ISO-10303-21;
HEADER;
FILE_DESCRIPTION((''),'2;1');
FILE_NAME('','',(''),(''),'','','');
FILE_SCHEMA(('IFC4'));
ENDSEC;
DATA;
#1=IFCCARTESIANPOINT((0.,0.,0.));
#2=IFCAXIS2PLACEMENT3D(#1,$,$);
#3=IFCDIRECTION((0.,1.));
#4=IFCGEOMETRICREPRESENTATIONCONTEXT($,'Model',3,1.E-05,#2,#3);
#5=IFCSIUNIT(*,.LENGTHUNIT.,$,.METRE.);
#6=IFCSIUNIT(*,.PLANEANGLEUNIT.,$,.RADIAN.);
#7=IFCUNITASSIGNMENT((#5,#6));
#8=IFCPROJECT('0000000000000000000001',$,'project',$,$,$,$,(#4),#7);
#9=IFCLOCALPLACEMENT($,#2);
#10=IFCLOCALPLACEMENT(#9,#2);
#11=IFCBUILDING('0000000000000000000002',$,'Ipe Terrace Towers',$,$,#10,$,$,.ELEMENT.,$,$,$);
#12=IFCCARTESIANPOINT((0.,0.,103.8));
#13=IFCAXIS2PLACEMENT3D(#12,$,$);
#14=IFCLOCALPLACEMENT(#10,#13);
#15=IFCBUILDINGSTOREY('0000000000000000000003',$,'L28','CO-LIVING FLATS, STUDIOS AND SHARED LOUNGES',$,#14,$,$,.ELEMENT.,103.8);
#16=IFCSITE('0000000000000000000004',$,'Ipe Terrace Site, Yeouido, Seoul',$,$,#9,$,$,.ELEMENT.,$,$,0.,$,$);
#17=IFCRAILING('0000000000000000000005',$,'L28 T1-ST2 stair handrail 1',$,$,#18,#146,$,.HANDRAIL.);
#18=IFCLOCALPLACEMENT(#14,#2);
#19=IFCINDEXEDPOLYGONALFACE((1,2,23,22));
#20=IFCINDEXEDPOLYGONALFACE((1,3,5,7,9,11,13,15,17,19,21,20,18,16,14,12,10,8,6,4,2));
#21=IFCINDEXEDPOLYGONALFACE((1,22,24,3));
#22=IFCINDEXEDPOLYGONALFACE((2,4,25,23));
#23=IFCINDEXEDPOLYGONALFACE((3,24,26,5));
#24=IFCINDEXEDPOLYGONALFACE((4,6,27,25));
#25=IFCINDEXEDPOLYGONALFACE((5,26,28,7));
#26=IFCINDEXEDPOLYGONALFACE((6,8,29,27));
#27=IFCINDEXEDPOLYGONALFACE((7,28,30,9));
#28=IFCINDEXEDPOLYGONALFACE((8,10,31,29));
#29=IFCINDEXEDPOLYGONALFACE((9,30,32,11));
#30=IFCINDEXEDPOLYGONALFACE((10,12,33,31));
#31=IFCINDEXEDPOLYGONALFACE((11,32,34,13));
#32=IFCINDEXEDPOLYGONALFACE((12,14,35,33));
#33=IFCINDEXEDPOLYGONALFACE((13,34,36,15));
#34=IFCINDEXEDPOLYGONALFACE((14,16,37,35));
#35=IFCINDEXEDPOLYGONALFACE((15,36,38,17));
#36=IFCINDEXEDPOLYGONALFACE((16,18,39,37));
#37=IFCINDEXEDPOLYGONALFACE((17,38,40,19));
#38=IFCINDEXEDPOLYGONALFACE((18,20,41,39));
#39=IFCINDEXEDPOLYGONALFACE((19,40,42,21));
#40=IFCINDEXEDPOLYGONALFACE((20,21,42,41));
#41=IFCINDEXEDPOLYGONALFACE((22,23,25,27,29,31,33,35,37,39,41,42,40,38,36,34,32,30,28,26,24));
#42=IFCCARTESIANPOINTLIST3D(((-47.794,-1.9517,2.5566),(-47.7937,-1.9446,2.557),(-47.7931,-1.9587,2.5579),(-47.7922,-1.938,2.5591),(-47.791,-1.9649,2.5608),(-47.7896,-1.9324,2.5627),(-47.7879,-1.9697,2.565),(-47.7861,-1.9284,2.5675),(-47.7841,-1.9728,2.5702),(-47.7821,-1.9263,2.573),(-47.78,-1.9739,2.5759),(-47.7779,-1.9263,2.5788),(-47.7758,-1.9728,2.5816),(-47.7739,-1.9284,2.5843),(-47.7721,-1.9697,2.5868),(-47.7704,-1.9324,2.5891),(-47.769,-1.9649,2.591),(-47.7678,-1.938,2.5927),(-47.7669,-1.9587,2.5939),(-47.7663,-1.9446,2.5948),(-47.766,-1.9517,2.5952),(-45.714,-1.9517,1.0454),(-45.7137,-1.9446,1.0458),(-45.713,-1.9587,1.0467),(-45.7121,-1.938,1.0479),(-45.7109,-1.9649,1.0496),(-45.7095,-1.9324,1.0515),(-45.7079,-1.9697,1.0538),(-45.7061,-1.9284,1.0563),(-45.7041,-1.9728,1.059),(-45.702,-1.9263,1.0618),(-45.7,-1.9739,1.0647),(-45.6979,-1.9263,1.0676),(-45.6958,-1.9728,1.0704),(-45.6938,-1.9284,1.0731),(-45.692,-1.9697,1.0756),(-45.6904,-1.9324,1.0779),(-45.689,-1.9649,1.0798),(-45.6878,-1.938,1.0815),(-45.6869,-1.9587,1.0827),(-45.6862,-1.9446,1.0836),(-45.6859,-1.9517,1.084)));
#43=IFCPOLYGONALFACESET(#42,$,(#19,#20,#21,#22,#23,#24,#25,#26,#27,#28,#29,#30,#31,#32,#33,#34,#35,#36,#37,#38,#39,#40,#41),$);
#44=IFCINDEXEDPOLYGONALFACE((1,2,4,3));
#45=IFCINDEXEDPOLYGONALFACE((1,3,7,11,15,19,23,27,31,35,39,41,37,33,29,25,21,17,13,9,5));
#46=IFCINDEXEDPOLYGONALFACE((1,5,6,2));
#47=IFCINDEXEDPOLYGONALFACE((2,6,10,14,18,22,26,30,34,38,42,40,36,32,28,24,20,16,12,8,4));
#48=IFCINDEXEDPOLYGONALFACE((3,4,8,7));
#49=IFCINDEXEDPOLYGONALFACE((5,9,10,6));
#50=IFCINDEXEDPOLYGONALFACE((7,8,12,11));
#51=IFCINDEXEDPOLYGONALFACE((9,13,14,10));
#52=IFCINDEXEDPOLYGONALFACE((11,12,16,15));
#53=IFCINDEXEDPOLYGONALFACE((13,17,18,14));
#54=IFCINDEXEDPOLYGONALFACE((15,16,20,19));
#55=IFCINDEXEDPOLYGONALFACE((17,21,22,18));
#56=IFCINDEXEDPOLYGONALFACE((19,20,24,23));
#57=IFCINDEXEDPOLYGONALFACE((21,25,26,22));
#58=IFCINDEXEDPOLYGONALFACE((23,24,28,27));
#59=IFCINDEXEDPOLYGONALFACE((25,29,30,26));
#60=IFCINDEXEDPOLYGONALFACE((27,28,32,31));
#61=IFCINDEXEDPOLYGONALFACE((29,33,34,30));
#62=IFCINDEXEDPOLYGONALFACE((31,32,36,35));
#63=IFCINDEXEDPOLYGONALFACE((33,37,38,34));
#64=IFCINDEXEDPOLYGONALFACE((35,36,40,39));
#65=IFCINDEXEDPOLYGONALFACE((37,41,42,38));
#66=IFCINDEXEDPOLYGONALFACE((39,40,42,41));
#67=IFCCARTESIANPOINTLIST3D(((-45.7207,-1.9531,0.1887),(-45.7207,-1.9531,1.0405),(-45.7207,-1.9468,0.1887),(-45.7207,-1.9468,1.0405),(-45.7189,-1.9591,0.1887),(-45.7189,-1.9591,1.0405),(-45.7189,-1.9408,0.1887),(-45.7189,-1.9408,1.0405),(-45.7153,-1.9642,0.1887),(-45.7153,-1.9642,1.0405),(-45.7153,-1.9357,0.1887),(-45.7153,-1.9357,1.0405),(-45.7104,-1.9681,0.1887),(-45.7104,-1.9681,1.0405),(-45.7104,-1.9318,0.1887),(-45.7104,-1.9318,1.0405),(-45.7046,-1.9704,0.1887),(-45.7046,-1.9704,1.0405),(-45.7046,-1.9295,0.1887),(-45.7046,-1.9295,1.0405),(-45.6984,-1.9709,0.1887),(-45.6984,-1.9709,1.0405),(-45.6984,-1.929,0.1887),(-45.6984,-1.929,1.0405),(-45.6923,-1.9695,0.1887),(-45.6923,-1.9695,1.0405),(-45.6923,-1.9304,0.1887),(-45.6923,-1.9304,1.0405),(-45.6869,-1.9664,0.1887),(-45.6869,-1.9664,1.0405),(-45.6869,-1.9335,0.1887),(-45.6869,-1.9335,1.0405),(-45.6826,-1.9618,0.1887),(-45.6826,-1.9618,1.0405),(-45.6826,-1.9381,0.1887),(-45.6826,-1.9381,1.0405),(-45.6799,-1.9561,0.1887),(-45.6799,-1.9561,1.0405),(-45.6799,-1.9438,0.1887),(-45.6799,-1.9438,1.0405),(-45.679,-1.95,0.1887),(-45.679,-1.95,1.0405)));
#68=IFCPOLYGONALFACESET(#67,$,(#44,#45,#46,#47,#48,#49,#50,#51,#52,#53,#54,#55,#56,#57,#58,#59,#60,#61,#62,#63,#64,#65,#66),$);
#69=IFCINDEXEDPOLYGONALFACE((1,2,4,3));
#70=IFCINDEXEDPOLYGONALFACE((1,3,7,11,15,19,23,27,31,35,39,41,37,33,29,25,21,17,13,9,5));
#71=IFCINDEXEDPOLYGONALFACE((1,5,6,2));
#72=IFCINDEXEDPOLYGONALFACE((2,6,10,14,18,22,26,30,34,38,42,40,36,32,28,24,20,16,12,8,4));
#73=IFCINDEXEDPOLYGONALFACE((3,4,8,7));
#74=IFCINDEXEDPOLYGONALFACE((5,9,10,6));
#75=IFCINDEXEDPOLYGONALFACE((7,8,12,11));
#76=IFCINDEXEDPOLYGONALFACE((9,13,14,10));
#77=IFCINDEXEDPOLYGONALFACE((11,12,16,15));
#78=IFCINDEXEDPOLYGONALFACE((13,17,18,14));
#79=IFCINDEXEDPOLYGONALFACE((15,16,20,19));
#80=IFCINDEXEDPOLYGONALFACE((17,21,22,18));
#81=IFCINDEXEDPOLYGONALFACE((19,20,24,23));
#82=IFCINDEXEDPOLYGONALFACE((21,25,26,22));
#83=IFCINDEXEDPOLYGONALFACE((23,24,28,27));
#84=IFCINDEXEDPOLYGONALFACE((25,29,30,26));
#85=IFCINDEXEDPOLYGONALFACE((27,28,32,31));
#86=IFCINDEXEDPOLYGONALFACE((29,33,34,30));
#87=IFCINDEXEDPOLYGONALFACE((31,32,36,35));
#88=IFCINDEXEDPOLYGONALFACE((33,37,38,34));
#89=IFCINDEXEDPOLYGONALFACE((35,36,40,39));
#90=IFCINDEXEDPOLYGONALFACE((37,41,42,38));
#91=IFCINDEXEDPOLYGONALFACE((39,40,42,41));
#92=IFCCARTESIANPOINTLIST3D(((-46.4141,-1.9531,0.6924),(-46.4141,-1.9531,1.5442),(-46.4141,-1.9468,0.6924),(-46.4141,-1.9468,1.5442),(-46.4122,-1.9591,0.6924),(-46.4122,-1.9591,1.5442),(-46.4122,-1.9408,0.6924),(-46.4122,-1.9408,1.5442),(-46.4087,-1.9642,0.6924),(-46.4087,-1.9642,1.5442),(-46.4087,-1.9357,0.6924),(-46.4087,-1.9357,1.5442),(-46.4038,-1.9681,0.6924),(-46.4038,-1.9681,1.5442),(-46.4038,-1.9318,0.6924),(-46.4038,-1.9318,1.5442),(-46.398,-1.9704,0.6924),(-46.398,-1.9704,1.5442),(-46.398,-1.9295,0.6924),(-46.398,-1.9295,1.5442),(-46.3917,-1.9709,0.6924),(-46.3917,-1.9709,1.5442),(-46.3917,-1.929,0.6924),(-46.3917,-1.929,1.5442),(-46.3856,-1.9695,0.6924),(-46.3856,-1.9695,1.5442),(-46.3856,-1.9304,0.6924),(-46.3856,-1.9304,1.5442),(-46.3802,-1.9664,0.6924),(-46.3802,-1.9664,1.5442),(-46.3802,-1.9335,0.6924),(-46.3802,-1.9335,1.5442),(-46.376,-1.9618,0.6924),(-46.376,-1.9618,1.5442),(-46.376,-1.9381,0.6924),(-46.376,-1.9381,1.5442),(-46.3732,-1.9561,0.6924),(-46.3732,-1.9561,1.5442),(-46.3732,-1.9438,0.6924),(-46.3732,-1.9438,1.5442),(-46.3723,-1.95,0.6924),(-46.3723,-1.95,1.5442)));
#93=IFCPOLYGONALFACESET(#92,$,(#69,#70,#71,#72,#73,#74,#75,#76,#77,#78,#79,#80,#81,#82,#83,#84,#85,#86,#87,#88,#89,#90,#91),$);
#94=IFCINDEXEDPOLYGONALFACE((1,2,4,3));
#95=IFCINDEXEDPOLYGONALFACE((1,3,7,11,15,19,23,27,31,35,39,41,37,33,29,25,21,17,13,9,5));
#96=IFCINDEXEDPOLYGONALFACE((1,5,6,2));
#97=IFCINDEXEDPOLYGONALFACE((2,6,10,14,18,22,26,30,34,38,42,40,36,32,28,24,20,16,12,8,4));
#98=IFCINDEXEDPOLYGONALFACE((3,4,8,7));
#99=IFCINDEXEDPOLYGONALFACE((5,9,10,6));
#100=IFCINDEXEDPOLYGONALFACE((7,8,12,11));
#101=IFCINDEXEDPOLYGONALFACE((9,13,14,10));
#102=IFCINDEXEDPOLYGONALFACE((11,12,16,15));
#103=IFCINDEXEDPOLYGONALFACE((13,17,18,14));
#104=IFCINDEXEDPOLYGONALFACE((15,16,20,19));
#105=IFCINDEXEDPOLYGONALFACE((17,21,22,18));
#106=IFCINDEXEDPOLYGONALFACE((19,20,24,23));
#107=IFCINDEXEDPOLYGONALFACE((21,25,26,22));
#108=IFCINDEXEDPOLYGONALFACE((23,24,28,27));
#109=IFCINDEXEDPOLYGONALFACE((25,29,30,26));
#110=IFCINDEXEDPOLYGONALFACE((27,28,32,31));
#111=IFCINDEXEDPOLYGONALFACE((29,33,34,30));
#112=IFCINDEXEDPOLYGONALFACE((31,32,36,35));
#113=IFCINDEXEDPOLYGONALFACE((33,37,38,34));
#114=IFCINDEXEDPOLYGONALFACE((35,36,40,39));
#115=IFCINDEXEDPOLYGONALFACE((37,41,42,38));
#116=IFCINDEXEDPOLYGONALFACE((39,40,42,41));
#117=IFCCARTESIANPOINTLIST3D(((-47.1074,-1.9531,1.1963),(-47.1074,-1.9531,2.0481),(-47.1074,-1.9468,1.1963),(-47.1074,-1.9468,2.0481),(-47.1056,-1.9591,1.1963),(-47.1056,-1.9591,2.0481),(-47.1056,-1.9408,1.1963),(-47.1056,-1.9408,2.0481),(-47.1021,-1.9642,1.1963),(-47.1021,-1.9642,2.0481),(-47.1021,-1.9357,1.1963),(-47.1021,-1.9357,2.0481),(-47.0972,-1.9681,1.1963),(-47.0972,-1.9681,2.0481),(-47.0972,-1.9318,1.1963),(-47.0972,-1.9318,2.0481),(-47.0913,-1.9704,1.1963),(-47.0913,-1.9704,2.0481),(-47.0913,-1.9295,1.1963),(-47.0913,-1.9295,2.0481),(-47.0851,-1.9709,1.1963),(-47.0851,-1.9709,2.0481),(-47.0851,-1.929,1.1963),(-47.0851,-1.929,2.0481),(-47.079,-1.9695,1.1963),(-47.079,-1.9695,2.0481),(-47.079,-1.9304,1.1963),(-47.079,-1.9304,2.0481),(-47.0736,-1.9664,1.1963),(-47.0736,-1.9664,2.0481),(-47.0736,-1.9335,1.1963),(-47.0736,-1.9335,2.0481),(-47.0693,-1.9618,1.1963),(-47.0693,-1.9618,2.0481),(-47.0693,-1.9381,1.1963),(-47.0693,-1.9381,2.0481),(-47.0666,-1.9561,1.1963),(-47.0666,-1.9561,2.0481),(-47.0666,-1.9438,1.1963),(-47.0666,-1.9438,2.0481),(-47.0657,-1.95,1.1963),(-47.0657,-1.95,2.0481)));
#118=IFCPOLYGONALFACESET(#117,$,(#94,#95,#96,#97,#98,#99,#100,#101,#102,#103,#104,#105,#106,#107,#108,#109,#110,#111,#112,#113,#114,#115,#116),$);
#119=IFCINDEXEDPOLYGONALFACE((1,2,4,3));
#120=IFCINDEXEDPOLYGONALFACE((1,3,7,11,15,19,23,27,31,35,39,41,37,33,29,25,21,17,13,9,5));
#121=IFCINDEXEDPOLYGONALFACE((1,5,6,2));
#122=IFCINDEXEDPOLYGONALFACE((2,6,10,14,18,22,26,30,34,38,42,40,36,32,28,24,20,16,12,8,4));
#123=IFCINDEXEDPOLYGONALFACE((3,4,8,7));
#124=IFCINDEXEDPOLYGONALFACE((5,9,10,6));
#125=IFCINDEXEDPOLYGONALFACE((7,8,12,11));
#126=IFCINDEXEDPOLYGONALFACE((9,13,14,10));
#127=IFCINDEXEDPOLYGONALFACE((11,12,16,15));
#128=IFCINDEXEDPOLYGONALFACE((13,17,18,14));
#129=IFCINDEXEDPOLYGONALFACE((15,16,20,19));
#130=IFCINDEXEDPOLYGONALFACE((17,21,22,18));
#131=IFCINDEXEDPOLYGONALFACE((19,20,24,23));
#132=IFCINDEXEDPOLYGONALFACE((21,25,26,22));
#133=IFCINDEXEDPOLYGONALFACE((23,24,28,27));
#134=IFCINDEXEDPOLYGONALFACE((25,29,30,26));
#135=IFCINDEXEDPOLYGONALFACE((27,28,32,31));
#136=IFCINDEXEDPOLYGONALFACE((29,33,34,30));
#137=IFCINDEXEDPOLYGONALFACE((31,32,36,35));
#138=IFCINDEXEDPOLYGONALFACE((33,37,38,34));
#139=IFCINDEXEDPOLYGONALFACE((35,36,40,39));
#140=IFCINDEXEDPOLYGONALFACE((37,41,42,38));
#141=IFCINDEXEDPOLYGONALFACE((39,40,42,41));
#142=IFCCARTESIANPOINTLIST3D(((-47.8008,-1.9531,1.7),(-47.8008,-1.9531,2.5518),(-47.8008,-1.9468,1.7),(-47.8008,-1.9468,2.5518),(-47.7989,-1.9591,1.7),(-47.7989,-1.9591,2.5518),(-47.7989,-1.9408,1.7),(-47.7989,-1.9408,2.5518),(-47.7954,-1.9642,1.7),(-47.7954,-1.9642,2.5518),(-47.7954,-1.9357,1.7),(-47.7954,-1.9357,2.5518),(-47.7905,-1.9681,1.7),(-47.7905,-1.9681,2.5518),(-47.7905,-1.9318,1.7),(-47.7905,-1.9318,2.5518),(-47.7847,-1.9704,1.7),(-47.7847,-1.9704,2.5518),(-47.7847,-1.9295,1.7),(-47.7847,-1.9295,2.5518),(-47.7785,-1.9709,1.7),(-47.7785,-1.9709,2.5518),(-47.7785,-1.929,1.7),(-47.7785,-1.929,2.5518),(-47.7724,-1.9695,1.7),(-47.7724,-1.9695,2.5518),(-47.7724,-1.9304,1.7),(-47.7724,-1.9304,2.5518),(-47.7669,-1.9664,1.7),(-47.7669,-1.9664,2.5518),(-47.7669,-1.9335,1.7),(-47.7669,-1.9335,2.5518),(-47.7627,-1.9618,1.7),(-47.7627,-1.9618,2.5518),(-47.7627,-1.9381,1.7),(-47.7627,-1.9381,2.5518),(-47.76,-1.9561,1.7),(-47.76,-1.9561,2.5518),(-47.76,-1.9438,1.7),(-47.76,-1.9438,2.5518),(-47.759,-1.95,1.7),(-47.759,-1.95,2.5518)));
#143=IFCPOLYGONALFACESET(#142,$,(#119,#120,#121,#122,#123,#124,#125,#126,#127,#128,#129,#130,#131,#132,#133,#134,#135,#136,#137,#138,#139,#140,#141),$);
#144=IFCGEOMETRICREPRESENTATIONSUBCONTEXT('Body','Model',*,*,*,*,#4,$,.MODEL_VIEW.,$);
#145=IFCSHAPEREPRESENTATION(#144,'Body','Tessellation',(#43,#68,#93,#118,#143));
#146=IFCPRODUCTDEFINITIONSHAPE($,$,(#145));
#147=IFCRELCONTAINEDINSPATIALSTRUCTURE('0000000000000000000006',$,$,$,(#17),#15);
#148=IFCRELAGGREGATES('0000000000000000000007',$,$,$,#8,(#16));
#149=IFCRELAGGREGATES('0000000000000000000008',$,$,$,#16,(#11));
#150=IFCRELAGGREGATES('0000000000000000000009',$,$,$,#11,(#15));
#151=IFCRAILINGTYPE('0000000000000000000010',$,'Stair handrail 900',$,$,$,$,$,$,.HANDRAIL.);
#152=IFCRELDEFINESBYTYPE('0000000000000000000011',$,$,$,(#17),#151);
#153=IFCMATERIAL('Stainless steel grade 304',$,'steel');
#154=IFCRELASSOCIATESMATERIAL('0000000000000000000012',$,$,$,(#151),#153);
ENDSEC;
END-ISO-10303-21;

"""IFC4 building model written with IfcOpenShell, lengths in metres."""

from ifc_helpers import new_model, si_unit, direction, frame, origin, origin_2d, place, context, subcontext, project, spatial, circle, extrude, material, type_object, element, save


model = new_model("IFC4")

# Units and contexts
model_context = context("Model", 3, precision=1e-05, world=origin(), true_north=direction((0.0, 1.0)))
body_context = subcontext(model_context, "Body", "Model", "MODEL_VIEW")
ifc_project = project(units=[si_unit("LENGTHUNIT", "METRE"), si_unit("PLANEANGLEUNIT", "RADIAN")], contexts=[model_context])

# Site, building, storey
site_placement = place(None, origin())
site = spatial("IfcSite", under=ifc_project, at=site_placement, Name="Ipe Terrace Site, Yeouido, Seoul", CompositionType="ELEMENT", RefElevation=0.0)
building_placement = place(site_placement, origin())
building = spatial("IfcBuilding", under=site, at=building_placement, Name="Ipe Terrace Towers", CompositionType="ELEMENT")
storey_placement = place(building_placement, frame((0.0, 0.0, 103.8)))
storey = spatial("IfcBuildingStorey", under=building, at=storey_placement, Name="L28", Description="CO-LIVING FLATS, STUDIOS AND SHARED LOUNGES", CompositionType="ELEMENT", Elevation=103.8)

# Railing
ifc_material_1 = material(Name="Stainless steel grade 304", Category="steel")
railing_type_1 = type_object("IfcRailingType", Name="Stair handrail 900", PredefinedType="HANDRAIL", material=ifc_material_1)
railing_1_placement = place(storey_placement, frame((-45.7, -1.95, 0.1887)))
element("IfcRailing", 1, at=railing_1_placement, inside=storey, type_object=railing_type_1, Name="L28 T1-ST2 stair handrail 1", PredefinedType="HANDRAIL", context=body_context, shape_type="SweptSolid", body=[
    extrude(circle(Radius=0.0239, at=origin_2d()), frame((0.0, 0.0, 0.876), z_axis=(-0.809023, 0.0, 0.587776), x_axis=(0.0, -1.0, 0.0)), (0.0, 0.0, 1.0), 2.571),
    extrude(circle(Radius=0.021, at=origin_2d()), origin(), (0.0, 0.0, 1.0), 0.8518),
    extrude(circle(Radius=0.021, at=origin_2d()), frame((-0.6934, 0.0, 0.5037)), (0.0, 0.0, 1.0), 0.8518),
    extrude(circle(Radius=0.021, at=origin_2d()), frame((-1.3867, 0.0, 1.0076)), (0.0, 0.0, 1.0), 0.8518),
    extrude(circle(Radius=0.021, at=origin_2d()), frame((-2.0801, 0.0, 1.5112)), (0.0, 0.0, 1.0), 0.8518),
])

save(model, "model.ifc")
